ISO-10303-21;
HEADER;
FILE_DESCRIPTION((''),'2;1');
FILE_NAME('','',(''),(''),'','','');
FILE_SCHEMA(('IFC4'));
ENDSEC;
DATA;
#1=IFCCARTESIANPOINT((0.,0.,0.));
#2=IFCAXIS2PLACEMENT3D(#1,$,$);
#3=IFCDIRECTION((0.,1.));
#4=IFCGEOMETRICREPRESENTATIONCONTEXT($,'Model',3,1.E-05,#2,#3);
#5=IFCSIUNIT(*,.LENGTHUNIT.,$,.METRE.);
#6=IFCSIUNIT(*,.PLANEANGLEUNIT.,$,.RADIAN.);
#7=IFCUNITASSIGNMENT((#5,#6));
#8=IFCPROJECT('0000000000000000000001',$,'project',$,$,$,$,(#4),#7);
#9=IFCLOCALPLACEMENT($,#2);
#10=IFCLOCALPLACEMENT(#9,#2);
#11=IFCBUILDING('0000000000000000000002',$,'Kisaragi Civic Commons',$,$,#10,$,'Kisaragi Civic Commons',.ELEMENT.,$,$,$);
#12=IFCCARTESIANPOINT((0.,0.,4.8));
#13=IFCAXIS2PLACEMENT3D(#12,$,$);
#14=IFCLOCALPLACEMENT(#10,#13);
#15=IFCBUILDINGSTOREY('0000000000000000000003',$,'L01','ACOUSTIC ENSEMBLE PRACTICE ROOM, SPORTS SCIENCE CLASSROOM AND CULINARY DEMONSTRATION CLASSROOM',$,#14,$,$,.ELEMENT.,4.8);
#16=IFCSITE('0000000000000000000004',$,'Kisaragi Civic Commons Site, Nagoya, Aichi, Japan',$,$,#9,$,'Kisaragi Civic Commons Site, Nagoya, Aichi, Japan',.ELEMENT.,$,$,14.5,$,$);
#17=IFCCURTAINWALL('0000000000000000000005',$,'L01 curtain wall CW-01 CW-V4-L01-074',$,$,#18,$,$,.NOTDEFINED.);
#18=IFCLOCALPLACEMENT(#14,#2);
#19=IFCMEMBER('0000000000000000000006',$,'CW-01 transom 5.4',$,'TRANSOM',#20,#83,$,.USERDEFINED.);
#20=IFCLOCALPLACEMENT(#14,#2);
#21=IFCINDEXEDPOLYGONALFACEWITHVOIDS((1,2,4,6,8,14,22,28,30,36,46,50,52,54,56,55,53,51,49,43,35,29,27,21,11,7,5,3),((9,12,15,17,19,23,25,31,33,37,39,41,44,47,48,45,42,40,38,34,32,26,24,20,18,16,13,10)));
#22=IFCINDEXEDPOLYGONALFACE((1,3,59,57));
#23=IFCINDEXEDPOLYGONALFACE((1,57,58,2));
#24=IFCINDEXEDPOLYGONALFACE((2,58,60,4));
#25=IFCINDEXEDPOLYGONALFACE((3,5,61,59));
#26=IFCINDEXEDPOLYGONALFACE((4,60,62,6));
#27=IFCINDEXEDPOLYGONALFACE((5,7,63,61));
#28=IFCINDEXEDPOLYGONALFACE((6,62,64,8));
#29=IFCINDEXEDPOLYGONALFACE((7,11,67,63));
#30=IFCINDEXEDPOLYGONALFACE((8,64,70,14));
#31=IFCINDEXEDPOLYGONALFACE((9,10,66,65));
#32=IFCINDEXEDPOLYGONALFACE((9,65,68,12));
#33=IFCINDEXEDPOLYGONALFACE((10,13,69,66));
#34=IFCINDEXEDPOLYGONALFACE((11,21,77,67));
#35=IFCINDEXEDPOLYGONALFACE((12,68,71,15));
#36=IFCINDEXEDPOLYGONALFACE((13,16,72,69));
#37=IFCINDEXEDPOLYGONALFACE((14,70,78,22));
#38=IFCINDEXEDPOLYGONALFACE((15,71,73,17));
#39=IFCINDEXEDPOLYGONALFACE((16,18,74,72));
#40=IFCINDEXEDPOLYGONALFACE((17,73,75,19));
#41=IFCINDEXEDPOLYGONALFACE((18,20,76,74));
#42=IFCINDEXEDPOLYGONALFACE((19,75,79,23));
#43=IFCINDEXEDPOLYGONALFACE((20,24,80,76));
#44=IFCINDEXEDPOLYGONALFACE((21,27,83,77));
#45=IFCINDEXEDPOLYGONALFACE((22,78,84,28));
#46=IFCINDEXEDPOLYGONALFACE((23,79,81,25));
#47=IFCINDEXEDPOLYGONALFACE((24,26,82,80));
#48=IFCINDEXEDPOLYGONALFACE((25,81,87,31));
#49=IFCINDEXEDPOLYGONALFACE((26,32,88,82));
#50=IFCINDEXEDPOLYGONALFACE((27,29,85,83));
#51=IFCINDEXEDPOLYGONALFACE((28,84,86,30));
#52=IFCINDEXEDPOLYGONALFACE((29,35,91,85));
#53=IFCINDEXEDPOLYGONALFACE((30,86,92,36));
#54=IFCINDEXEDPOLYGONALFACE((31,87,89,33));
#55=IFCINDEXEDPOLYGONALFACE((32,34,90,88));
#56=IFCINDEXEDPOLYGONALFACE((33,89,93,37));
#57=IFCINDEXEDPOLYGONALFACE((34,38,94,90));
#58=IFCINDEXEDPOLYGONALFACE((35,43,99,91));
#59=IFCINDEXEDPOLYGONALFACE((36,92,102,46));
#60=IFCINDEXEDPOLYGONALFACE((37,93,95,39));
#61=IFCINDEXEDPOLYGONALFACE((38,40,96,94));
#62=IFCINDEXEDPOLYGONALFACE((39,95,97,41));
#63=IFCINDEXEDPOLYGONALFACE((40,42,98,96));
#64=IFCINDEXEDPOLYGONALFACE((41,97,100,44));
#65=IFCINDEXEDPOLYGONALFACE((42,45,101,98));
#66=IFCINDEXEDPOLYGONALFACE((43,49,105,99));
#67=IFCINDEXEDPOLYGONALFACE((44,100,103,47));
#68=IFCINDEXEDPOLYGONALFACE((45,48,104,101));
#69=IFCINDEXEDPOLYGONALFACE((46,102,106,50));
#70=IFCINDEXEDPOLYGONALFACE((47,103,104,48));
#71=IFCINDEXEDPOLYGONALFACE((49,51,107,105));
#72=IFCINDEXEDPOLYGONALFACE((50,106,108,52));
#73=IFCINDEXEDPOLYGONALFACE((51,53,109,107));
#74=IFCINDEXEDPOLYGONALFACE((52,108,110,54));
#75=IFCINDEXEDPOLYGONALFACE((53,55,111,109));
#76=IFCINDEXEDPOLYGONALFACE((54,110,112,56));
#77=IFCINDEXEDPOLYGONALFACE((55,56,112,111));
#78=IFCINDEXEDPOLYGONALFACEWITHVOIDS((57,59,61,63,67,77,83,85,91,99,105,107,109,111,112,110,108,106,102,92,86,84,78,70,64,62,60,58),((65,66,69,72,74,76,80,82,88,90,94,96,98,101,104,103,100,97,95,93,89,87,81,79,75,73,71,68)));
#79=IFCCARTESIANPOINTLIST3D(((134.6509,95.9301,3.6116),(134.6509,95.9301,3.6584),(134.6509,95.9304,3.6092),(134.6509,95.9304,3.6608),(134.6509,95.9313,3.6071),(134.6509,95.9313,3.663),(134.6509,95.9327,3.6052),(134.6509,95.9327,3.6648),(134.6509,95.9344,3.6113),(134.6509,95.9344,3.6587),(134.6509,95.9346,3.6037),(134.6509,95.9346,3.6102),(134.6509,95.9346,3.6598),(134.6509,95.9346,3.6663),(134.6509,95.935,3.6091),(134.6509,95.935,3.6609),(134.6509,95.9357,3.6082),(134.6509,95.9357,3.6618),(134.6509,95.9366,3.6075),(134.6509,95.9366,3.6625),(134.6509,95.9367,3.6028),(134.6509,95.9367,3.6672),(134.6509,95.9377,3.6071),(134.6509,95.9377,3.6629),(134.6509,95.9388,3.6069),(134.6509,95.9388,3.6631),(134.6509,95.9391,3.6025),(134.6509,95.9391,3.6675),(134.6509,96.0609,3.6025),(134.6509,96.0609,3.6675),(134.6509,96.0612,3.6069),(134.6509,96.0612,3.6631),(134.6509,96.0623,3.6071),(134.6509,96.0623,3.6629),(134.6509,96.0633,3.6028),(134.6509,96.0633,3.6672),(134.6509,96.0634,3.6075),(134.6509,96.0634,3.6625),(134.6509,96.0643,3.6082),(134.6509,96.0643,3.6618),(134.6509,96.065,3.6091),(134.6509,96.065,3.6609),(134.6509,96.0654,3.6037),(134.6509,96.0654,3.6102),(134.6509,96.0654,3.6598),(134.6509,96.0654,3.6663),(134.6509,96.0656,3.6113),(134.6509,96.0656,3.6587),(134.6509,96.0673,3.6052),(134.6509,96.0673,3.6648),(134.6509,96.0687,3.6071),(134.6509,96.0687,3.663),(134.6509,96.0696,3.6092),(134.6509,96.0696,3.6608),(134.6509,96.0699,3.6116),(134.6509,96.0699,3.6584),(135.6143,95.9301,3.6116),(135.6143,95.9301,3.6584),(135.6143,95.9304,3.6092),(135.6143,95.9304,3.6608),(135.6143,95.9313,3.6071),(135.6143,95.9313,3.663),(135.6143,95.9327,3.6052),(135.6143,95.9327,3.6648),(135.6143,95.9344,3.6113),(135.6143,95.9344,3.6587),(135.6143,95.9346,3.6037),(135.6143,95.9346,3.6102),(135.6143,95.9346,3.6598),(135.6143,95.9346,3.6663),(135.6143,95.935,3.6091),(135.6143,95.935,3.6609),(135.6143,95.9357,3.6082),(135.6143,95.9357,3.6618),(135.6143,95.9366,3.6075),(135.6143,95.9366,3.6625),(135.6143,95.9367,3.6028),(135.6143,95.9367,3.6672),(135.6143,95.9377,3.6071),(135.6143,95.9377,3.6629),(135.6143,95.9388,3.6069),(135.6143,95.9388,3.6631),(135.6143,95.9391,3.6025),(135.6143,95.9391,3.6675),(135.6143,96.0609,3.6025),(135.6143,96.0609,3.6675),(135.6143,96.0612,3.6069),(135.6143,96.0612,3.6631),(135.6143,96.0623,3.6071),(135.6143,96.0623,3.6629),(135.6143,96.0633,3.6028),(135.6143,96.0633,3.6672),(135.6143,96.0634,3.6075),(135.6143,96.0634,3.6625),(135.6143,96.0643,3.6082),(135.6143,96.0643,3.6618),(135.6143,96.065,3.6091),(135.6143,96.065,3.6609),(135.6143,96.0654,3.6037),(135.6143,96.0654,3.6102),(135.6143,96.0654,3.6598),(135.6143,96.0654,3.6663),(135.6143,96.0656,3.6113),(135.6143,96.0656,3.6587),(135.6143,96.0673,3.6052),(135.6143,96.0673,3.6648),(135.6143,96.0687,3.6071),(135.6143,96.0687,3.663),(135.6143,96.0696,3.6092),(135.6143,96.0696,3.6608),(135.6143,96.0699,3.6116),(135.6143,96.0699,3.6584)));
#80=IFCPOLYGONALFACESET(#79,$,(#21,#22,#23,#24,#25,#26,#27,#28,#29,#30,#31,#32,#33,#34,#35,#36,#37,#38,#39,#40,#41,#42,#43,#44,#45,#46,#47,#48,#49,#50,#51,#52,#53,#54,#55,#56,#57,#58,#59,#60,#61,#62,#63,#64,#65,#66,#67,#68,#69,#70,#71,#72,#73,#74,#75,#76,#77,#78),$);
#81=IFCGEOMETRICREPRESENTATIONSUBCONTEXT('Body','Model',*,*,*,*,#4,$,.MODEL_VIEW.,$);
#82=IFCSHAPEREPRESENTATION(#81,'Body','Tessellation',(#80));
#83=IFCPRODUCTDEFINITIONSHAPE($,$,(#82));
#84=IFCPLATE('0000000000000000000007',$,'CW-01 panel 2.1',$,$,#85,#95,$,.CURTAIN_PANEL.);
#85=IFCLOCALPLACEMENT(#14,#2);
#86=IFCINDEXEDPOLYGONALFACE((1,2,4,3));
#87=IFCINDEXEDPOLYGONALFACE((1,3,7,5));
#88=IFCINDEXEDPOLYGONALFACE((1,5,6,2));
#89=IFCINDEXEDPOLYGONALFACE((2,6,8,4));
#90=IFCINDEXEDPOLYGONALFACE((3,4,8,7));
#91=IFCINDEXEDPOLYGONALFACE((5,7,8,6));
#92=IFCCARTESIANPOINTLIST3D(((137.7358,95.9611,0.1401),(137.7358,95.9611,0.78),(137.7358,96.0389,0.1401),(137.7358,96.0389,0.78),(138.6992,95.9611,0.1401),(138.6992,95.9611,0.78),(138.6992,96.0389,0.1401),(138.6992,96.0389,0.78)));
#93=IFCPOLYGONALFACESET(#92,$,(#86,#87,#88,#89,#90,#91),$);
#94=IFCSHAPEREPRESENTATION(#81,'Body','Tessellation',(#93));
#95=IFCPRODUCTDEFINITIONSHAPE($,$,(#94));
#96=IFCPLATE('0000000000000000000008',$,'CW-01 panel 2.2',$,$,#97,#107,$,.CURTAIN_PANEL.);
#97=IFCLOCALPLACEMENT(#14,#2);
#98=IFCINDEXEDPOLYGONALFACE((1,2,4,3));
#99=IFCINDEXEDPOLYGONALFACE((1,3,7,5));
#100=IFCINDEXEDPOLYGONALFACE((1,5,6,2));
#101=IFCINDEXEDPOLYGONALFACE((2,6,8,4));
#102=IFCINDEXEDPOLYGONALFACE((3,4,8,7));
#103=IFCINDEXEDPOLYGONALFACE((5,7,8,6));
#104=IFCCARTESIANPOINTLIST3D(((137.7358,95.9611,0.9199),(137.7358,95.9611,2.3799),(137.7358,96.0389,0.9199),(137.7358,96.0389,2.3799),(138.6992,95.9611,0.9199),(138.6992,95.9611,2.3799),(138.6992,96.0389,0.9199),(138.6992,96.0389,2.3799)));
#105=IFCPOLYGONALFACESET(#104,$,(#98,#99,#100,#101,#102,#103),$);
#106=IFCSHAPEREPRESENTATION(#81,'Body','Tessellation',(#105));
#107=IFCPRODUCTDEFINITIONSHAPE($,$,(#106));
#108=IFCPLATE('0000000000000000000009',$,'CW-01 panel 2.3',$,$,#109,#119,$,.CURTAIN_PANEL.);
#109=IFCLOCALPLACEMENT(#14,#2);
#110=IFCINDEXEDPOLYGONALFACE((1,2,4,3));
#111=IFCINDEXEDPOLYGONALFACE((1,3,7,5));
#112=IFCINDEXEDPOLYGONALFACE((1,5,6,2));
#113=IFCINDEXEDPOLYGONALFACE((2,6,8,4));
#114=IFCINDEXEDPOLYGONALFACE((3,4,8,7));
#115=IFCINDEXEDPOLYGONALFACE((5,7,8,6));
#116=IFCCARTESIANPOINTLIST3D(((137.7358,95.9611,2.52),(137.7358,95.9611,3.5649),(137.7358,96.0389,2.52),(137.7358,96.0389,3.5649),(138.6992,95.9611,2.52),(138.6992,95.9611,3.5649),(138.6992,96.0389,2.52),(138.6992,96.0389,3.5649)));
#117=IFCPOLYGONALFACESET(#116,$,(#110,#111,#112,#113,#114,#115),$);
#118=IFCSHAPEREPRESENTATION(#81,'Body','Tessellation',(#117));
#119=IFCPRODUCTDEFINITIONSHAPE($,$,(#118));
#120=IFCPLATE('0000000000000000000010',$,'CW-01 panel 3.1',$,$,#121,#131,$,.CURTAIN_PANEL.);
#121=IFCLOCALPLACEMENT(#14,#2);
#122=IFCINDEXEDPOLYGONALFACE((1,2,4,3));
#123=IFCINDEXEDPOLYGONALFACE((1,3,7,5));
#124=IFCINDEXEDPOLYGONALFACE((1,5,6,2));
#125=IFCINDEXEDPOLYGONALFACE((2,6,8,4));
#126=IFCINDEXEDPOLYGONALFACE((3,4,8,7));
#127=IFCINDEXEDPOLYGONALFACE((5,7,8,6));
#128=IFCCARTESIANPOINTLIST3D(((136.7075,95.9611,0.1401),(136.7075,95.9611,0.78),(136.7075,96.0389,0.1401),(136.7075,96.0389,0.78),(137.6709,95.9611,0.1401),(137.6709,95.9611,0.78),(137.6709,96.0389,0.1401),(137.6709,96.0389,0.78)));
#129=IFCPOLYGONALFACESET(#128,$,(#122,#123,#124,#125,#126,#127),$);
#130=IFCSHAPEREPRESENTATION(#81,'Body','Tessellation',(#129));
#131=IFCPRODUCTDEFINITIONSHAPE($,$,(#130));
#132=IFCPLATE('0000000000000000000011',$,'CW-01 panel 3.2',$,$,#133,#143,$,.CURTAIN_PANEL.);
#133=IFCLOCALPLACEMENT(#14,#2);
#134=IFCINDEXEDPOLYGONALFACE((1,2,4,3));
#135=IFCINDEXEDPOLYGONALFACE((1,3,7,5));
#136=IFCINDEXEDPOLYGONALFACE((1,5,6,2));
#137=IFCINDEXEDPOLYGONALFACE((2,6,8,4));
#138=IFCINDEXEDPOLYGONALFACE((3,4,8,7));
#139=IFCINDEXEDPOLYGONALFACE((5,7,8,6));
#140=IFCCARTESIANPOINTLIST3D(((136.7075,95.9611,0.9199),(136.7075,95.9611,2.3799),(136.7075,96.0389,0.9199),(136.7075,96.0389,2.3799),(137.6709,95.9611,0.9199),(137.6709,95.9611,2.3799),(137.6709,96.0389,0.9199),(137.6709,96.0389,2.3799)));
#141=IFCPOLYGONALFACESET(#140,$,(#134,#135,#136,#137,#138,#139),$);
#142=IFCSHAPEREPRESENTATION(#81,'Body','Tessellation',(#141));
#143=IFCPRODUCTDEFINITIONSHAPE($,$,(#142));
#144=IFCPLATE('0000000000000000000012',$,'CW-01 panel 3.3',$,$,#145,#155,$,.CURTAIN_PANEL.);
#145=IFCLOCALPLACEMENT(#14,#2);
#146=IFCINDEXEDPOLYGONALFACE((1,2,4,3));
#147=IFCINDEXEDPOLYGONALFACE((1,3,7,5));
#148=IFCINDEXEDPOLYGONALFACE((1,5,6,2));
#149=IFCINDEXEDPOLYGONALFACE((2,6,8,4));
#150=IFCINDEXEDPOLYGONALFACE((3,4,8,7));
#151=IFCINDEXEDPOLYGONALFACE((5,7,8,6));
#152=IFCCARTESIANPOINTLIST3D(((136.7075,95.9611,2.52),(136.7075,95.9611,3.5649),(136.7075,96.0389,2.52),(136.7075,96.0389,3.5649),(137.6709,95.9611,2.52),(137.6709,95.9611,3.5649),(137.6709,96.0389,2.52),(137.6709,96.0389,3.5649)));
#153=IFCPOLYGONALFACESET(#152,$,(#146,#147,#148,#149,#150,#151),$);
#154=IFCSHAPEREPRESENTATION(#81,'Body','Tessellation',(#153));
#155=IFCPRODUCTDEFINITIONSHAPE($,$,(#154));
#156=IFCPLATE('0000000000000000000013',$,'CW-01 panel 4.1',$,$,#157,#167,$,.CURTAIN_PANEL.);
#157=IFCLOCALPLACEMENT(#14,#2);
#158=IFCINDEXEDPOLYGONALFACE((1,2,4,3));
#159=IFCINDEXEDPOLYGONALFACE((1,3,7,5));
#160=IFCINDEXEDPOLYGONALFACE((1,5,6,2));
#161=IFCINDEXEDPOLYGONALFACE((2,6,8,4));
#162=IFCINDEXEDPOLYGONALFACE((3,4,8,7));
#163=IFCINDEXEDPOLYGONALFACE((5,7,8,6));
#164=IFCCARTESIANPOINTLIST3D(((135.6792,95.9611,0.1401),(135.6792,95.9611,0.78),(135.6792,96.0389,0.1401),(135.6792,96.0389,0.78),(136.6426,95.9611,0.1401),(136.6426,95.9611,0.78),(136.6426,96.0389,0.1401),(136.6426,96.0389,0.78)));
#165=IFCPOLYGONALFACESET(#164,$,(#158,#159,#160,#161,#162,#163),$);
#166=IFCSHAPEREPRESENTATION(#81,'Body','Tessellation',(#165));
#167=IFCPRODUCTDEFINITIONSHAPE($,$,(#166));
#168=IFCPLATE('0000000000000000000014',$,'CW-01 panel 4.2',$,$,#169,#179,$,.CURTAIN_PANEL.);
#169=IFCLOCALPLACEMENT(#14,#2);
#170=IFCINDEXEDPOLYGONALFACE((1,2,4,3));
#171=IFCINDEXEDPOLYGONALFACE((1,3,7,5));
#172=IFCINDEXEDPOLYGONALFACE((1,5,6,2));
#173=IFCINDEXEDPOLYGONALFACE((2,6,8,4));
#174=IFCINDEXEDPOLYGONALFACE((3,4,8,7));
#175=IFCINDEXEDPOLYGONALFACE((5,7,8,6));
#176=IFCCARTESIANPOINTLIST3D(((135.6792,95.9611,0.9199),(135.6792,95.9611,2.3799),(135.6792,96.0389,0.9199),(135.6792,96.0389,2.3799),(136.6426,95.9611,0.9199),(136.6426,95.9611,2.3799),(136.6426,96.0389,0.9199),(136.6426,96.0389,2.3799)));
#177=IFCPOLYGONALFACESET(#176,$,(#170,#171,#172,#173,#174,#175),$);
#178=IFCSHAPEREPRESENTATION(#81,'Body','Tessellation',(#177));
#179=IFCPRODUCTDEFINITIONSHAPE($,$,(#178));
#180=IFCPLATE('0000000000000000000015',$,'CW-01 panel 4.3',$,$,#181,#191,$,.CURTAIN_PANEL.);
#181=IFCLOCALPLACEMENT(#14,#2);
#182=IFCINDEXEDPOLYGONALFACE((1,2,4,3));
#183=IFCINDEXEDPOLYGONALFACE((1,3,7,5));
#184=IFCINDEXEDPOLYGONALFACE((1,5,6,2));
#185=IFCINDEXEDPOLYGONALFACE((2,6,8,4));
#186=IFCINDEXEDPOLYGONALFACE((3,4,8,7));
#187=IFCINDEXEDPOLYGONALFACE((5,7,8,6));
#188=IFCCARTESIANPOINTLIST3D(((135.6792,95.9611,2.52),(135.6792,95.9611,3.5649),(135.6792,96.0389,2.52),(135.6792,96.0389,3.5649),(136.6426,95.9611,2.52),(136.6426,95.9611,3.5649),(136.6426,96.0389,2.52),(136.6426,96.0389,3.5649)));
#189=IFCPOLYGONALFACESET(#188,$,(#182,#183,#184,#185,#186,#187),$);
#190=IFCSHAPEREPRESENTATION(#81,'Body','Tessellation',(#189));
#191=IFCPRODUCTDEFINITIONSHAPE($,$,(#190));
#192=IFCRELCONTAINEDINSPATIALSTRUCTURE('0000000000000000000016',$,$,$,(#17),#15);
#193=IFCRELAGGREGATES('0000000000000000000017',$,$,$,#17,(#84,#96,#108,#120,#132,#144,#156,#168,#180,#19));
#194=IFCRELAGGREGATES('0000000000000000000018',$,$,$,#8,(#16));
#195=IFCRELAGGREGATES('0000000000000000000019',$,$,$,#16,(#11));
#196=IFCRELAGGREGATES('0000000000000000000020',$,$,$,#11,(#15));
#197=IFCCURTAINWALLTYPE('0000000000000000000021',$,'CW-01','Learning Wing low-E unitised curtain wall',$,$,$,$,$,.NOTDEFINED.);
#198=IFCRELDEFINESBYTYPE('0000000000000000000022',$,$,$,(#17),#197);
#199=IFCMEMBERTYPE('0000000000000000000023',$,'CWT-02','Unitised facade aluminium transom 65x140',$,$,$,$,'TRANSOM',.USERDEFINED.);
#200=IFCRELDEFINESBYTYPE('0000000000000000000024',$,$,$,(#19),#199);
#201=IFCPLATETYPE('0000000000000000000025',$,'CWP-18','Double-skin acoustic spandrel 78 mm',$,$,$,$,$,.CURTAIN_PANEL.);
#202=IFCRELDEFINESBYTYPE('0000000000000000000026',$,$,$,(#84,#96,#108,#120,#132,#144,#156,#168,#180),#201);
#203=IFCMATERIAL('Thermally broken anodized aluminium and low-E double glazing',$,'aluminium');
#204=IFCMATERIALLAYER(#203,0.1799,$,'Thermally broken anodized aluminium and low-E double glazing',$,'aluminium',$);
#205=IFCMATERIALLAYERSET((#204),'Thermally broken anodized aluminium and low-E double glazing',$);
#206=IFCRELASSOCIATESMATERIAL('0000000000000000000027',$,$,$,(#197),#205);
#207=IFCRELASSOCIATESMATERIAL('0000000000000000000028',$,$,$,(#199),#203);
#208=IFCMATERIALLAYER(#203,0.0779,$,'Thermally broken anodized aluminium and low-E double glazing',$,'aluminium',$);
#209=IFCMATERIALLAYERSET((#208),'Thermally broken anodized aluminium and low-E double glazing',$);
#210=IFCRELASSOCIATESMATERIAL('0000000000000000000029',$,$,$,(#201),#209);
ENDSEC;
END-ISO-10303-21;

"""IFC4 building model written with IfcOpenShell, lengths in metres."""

from ifc_helpers import new_model, si_unit, direction, frame, origin, origin_2d, place, context, subcontext, project, spatial, rectangle, hollow_rectangle, extrude, material, layer, layer_set, material_profile, profile_set, type_object, element, aggregate, save


model = new_model("IFC4")

# Units and contexts
model_context = context("Model", 3, precision=1e-05, world=origin(), true_north=direction((0.0, 1.0)))
body_context = subcontext(model_context, "Body", "Model", "MODEL_VIEW")
ifc_project = project(units=[si_unit("LENGTHUNIT", "METRE"), si_unit("PLANEANGLEUNIT", "RADIAN")], contexts=[model_context])

# Site, building, storey
site_placement = place(None, origin())
site = spatial("IfcSite", under=ifc_project, at=site_placement, Name="Kisaragi Civic Commons Site, Nagoya, Aichi, Japan", LongName="Kisaragi Civic Commons Site, Nagoya, Aichi, Japan", CompositionType="ELEMENT", RefElevation=14.5)
building_placement = place(site_placement, origin())
building = spatial("IfcBuilding", under=site, at=building_placement, Name="Kisaragi Civic Commons", LongName="Kisaragi Civic Commons", CompositionType="ELEMENT")
storey_placement = place(building_placement, frame((0.0, 0.0, 4.8)))
storey = spatial("IfcBuildingStorey", under=building, at=storey_placement, Name="L01", Description="ACOUSTIC ENSEMBLE PRACTICE ROOM, SPORTS SCIENCE CLASSROOM AND CULINARY DEMONSTRATION CLASSROOM", CompositionType="ELEMENT", Elevation=4.8)

# Curtain wall, member, plates
ifc_material = material(Name="Thermally broken anodized aluminium and low-E double glazing", Category="aluminium")
ifc_layer_1 = layer(ifc_material, 0.1799, Name="Thermally broken anodized aluminium and low-E double glazing", Category="aluminium")
ifc_layer_set_1 = layer_set([ifc_layer_1], Name="Thermally broken anodized aluminium and low-E double glazing")
curtain_wall_type = type_object("IfcCurtainWallType", Name="CW-01", Description="Learning Wing low-E unitised curtain wall", PredefinedType="NOTDEFINED", material=ifc_layer_set_1)
curtain_wall_placement = place(storey_placement, origin())
curtain_wall = element("IfcCurtainWall", 1, at=curtain_wall_placement, inside=storey, type_object=curtain_wall_type, Name="L01 curtain wall CW-01 CW-V4-L01-074", PredefinedType="NOTDEFINED")
ifc_material_profile_1 = material_profile(ifc_material, hollow_rectangle(XDim=0.1399, YDim=0.0649, WallThickness=0.0044, InnerFilletRadius=0.0044, OuterFilletRadius=0.009, at=origin_2d()), Name="CWT-65x140x4.5", Category="aluminium")
ifc_profile_set_1 = profile_set([ifc_material_profile_1], Name="Thermally broken anodized aluminium and low-E double glazing")
member_type_1 = type_object("IfcMemberType", Name="CWT-02", Description="Unitised facade aluminium transom 65x140", ElementType="TRANSOM", PredefinedType="USERDEFINED", material=ifc_profile_set_1)
member_1_placement = place(storey_placement, frame((135.6143, 96.0, 3.635), z_axis=(-1.0, 0.0, 0.0), x_axis=(0.0, -1.0, 0.0)))
member_1 = element("IfcMember", 2, at=member_1_placement, type_object=member_type_1, Name="CW-01 transom 5.4", ObjectType="TRANSOM", PredefinedType="USERDEFINED", context=body_context, shape_type="SweptSolid", body=[
    extrude(hollow_rectangle(XDim=0.1399, YDim=0.0649, WallThickness=0.0044, InnerFilletRadius=0.0044, OuterFilletRadius=0.009, at=origin_2d()), origin(), (0.0, 0.0, 1.0), 0.9634),
])
ifc_layer_2 = layer(ifc_material, 0.0779, Name="Thermally broken anodized aluminium and low-E double glazing", Category="aluminium")
ifc_layer_set_2 = layer_set([ifc_layer_2], Name="Thermally broken anodized aluminium and low-E double glazing")
plate_type = type_object("IfcPlateType", Name="CWP-18", Description="Double-skin acoustic spandrel 78 mm", PredefinedType="CURTAIN_PANEL", material=ifc_layer_set_2)
plate_1_placement = place(storey_placement, frame((138.2175, 96.0, 0.1401), z_axis=(0.0, 0.0, 1.0), x_axis=(-1.0, 0.0, 0.0)))
plate_1 = element("IfcPlate", 3, at=plate_1_placement, type_object=plate_type, Name="CW-01 panel 2.1", PredefinedType="CURTAIN_PANEL", context=body_context, shape_type="SweptSolid", body=[
    extrude(rectangle(XDim=0.9634, YDim=0.0779, at=origin_2d()), origin(), (0.0, 0.0, 1.0), 0.6399),
])
plate_2_placement = place(storey_placement, frame((138.2175, 96.0, 0.9199), z_axis=(0.0, 0.0, 1.0), x_axis=(-1.0, 0.0, 0.0)))
plate_2 = element("IfcPlate", 4, at=plate_2_placement, type_object=plate_type, Name="CW-01 panel 2.2", PredefinedType="CURTAIN_PANEL", context=body_context, shape_type="SweptSolid", body=[
    extrude(rectangle(XDim=0.9634, YDim=0.0779, at=origin_2d()), origin(), (0.0, 0.0, 1.0), 1.46),
])
plate_3_placement = place(storey_placement, frame((138.2175, 96.0, 2.52), z_axis=(0.0, 0.0, 1.0), x_axis=(-1.0, 0.0, 0.0)))
plate_3 = element("IfcPlate", 5, at=plate_3_placement, type_object=plate_type, Name="CW-01 panel 2.3", PredefinedType="CURTAIN_PANEL", context=body_context, shape_type="SweptSolid", body=[
    extrude(rectangle(XDim=0.9634, YDim=0.0779, at=origin_2d()), origin(), (0.0, 0.0, 1.0), 1.0449),
])
plate_4_placement = place(storey_placement, frame((137.1892, 96.0, 0.1401), z_axis=(0.0, 0.0, 1.0), x_axis=(-1.0, 0.0, 0.0)))
plate_4 = element("IfcPlate", 6, at=plate_4_placement, type_object=plate_type, Name="CW-01 panel 3.1", PredefinedType="CURTAIN_PANEL", context=body_context, shape_type="SweptSolid", body=[
    extrude(rectangle(XDim=0.9634, YDim=0.0779, at=origin_2d()), origin(), (0.0, 0.0, 1.0), 0.6399),
])
plate_5_placement = place(storey_placement, frame((137.1892, 96.0, 0.9199), z_axis=(0.0, 0.0, 1.0), x_axis=(-1.0, 0.0, 0.0)))
plate_5 = element("IfcPlate", 7, at=plate_5_placement, type_object=plate_type, Name="CW-01 panel 3.2", PredefinedType="CURTAIN_PANEL", context=body_context, shape_type="SweptSolid", body=[
    extrude(rectangle(XDim=0.9634, YDim=0.0779, at=origin_2d()), origin(), (0.0, 0.0, 1.0), 1.46),
])
plate_6_placement = place(storey_placement, frame((137.1892, 96.0, 2.52), z_axis=(0.0, 0.0, 1.0), x_axis=(-1.0, 0.0, 0.0)))
plate_6 = element("IfcPlate", 8, at=plate_6_placement, type_object=plate_type, Name="CW-01 panel 3.3", PredefinedType="CURTAIN_PANEL", context=body_context, shape_type="SweptSolid", body=[
    extrude(rectangle(XDim=0.9634, YDim=0.0779, at=origin_2d()), origin(), (0.0, 0.0, 1.0), 1.0449),
])
plate_7_placement = place(storey_placement, frame((136.1609, 96.0, 0.1401), z_axis=(0.0, 0.0, 1.0), x_axis=(-1.0, 0.0, 0.0)))
plate_7 = element("IfcPlate", 9, at=plate_7_placement, type_object=plate_type, Name="CW-01 panel 4.1", PredefinedType="CURTAIN_PANEL", context=body_context, shape_type="SweptSolid", body=[
    extrude(rectangle(XDim=0.9634, YDim=0.0779, at=origin_2d()), origin(), (0.0, 0.0, 1.0), 0.6399),
])
plate_8_placement = place(storey_placement, frame((136.1609, 96.0, 0.9199), z_axis=(0.0, 0.0, 1.0), x_axis=(-1.0, 0.0, 0.0)))
plate_8 = element("IfcPlate", 10, at=plate_8_placement, type_object=plate_type, Name="CW-01 panel 4.2", PredefinedType="CURTAIN_PANEL", context=body_context, shape_type="SweptSolid", body=[
    extrude(rectangle(XDim=0.9634, YDim=0.0779, at=origin_2d()), origin(), (0.0, 0.0, 1.0), 1.46),
])
plate_9_placement = place(storey_placement, frame((136.1609, 96.0, 2.52), z_axis=(0.0, 0.0, 1.0), x_axis=(-1.0, 0.0, 0.0)))
plate_9 = element("IfcPlate", 11, at=plate_9_placement, type_object=plate_type, Name="CW-01 panel 4.3", PredefinedType="CURTAIN_PANEL", context=body_context, shape_type="SweptSolid", body=[
    extrude(rectangle(XDim=0.9634, YDim=0.0779, at=origin_2d()), origin(), (0.0, 0.0, 1.0), 1.0449),
])
aggregate(curtain_wall, [plate_1, plate_2, plate_3, plate_4, plate_5, plate_6, plate_7, plate_8, plate_9, member_1])

save(model, "model.ifc")
